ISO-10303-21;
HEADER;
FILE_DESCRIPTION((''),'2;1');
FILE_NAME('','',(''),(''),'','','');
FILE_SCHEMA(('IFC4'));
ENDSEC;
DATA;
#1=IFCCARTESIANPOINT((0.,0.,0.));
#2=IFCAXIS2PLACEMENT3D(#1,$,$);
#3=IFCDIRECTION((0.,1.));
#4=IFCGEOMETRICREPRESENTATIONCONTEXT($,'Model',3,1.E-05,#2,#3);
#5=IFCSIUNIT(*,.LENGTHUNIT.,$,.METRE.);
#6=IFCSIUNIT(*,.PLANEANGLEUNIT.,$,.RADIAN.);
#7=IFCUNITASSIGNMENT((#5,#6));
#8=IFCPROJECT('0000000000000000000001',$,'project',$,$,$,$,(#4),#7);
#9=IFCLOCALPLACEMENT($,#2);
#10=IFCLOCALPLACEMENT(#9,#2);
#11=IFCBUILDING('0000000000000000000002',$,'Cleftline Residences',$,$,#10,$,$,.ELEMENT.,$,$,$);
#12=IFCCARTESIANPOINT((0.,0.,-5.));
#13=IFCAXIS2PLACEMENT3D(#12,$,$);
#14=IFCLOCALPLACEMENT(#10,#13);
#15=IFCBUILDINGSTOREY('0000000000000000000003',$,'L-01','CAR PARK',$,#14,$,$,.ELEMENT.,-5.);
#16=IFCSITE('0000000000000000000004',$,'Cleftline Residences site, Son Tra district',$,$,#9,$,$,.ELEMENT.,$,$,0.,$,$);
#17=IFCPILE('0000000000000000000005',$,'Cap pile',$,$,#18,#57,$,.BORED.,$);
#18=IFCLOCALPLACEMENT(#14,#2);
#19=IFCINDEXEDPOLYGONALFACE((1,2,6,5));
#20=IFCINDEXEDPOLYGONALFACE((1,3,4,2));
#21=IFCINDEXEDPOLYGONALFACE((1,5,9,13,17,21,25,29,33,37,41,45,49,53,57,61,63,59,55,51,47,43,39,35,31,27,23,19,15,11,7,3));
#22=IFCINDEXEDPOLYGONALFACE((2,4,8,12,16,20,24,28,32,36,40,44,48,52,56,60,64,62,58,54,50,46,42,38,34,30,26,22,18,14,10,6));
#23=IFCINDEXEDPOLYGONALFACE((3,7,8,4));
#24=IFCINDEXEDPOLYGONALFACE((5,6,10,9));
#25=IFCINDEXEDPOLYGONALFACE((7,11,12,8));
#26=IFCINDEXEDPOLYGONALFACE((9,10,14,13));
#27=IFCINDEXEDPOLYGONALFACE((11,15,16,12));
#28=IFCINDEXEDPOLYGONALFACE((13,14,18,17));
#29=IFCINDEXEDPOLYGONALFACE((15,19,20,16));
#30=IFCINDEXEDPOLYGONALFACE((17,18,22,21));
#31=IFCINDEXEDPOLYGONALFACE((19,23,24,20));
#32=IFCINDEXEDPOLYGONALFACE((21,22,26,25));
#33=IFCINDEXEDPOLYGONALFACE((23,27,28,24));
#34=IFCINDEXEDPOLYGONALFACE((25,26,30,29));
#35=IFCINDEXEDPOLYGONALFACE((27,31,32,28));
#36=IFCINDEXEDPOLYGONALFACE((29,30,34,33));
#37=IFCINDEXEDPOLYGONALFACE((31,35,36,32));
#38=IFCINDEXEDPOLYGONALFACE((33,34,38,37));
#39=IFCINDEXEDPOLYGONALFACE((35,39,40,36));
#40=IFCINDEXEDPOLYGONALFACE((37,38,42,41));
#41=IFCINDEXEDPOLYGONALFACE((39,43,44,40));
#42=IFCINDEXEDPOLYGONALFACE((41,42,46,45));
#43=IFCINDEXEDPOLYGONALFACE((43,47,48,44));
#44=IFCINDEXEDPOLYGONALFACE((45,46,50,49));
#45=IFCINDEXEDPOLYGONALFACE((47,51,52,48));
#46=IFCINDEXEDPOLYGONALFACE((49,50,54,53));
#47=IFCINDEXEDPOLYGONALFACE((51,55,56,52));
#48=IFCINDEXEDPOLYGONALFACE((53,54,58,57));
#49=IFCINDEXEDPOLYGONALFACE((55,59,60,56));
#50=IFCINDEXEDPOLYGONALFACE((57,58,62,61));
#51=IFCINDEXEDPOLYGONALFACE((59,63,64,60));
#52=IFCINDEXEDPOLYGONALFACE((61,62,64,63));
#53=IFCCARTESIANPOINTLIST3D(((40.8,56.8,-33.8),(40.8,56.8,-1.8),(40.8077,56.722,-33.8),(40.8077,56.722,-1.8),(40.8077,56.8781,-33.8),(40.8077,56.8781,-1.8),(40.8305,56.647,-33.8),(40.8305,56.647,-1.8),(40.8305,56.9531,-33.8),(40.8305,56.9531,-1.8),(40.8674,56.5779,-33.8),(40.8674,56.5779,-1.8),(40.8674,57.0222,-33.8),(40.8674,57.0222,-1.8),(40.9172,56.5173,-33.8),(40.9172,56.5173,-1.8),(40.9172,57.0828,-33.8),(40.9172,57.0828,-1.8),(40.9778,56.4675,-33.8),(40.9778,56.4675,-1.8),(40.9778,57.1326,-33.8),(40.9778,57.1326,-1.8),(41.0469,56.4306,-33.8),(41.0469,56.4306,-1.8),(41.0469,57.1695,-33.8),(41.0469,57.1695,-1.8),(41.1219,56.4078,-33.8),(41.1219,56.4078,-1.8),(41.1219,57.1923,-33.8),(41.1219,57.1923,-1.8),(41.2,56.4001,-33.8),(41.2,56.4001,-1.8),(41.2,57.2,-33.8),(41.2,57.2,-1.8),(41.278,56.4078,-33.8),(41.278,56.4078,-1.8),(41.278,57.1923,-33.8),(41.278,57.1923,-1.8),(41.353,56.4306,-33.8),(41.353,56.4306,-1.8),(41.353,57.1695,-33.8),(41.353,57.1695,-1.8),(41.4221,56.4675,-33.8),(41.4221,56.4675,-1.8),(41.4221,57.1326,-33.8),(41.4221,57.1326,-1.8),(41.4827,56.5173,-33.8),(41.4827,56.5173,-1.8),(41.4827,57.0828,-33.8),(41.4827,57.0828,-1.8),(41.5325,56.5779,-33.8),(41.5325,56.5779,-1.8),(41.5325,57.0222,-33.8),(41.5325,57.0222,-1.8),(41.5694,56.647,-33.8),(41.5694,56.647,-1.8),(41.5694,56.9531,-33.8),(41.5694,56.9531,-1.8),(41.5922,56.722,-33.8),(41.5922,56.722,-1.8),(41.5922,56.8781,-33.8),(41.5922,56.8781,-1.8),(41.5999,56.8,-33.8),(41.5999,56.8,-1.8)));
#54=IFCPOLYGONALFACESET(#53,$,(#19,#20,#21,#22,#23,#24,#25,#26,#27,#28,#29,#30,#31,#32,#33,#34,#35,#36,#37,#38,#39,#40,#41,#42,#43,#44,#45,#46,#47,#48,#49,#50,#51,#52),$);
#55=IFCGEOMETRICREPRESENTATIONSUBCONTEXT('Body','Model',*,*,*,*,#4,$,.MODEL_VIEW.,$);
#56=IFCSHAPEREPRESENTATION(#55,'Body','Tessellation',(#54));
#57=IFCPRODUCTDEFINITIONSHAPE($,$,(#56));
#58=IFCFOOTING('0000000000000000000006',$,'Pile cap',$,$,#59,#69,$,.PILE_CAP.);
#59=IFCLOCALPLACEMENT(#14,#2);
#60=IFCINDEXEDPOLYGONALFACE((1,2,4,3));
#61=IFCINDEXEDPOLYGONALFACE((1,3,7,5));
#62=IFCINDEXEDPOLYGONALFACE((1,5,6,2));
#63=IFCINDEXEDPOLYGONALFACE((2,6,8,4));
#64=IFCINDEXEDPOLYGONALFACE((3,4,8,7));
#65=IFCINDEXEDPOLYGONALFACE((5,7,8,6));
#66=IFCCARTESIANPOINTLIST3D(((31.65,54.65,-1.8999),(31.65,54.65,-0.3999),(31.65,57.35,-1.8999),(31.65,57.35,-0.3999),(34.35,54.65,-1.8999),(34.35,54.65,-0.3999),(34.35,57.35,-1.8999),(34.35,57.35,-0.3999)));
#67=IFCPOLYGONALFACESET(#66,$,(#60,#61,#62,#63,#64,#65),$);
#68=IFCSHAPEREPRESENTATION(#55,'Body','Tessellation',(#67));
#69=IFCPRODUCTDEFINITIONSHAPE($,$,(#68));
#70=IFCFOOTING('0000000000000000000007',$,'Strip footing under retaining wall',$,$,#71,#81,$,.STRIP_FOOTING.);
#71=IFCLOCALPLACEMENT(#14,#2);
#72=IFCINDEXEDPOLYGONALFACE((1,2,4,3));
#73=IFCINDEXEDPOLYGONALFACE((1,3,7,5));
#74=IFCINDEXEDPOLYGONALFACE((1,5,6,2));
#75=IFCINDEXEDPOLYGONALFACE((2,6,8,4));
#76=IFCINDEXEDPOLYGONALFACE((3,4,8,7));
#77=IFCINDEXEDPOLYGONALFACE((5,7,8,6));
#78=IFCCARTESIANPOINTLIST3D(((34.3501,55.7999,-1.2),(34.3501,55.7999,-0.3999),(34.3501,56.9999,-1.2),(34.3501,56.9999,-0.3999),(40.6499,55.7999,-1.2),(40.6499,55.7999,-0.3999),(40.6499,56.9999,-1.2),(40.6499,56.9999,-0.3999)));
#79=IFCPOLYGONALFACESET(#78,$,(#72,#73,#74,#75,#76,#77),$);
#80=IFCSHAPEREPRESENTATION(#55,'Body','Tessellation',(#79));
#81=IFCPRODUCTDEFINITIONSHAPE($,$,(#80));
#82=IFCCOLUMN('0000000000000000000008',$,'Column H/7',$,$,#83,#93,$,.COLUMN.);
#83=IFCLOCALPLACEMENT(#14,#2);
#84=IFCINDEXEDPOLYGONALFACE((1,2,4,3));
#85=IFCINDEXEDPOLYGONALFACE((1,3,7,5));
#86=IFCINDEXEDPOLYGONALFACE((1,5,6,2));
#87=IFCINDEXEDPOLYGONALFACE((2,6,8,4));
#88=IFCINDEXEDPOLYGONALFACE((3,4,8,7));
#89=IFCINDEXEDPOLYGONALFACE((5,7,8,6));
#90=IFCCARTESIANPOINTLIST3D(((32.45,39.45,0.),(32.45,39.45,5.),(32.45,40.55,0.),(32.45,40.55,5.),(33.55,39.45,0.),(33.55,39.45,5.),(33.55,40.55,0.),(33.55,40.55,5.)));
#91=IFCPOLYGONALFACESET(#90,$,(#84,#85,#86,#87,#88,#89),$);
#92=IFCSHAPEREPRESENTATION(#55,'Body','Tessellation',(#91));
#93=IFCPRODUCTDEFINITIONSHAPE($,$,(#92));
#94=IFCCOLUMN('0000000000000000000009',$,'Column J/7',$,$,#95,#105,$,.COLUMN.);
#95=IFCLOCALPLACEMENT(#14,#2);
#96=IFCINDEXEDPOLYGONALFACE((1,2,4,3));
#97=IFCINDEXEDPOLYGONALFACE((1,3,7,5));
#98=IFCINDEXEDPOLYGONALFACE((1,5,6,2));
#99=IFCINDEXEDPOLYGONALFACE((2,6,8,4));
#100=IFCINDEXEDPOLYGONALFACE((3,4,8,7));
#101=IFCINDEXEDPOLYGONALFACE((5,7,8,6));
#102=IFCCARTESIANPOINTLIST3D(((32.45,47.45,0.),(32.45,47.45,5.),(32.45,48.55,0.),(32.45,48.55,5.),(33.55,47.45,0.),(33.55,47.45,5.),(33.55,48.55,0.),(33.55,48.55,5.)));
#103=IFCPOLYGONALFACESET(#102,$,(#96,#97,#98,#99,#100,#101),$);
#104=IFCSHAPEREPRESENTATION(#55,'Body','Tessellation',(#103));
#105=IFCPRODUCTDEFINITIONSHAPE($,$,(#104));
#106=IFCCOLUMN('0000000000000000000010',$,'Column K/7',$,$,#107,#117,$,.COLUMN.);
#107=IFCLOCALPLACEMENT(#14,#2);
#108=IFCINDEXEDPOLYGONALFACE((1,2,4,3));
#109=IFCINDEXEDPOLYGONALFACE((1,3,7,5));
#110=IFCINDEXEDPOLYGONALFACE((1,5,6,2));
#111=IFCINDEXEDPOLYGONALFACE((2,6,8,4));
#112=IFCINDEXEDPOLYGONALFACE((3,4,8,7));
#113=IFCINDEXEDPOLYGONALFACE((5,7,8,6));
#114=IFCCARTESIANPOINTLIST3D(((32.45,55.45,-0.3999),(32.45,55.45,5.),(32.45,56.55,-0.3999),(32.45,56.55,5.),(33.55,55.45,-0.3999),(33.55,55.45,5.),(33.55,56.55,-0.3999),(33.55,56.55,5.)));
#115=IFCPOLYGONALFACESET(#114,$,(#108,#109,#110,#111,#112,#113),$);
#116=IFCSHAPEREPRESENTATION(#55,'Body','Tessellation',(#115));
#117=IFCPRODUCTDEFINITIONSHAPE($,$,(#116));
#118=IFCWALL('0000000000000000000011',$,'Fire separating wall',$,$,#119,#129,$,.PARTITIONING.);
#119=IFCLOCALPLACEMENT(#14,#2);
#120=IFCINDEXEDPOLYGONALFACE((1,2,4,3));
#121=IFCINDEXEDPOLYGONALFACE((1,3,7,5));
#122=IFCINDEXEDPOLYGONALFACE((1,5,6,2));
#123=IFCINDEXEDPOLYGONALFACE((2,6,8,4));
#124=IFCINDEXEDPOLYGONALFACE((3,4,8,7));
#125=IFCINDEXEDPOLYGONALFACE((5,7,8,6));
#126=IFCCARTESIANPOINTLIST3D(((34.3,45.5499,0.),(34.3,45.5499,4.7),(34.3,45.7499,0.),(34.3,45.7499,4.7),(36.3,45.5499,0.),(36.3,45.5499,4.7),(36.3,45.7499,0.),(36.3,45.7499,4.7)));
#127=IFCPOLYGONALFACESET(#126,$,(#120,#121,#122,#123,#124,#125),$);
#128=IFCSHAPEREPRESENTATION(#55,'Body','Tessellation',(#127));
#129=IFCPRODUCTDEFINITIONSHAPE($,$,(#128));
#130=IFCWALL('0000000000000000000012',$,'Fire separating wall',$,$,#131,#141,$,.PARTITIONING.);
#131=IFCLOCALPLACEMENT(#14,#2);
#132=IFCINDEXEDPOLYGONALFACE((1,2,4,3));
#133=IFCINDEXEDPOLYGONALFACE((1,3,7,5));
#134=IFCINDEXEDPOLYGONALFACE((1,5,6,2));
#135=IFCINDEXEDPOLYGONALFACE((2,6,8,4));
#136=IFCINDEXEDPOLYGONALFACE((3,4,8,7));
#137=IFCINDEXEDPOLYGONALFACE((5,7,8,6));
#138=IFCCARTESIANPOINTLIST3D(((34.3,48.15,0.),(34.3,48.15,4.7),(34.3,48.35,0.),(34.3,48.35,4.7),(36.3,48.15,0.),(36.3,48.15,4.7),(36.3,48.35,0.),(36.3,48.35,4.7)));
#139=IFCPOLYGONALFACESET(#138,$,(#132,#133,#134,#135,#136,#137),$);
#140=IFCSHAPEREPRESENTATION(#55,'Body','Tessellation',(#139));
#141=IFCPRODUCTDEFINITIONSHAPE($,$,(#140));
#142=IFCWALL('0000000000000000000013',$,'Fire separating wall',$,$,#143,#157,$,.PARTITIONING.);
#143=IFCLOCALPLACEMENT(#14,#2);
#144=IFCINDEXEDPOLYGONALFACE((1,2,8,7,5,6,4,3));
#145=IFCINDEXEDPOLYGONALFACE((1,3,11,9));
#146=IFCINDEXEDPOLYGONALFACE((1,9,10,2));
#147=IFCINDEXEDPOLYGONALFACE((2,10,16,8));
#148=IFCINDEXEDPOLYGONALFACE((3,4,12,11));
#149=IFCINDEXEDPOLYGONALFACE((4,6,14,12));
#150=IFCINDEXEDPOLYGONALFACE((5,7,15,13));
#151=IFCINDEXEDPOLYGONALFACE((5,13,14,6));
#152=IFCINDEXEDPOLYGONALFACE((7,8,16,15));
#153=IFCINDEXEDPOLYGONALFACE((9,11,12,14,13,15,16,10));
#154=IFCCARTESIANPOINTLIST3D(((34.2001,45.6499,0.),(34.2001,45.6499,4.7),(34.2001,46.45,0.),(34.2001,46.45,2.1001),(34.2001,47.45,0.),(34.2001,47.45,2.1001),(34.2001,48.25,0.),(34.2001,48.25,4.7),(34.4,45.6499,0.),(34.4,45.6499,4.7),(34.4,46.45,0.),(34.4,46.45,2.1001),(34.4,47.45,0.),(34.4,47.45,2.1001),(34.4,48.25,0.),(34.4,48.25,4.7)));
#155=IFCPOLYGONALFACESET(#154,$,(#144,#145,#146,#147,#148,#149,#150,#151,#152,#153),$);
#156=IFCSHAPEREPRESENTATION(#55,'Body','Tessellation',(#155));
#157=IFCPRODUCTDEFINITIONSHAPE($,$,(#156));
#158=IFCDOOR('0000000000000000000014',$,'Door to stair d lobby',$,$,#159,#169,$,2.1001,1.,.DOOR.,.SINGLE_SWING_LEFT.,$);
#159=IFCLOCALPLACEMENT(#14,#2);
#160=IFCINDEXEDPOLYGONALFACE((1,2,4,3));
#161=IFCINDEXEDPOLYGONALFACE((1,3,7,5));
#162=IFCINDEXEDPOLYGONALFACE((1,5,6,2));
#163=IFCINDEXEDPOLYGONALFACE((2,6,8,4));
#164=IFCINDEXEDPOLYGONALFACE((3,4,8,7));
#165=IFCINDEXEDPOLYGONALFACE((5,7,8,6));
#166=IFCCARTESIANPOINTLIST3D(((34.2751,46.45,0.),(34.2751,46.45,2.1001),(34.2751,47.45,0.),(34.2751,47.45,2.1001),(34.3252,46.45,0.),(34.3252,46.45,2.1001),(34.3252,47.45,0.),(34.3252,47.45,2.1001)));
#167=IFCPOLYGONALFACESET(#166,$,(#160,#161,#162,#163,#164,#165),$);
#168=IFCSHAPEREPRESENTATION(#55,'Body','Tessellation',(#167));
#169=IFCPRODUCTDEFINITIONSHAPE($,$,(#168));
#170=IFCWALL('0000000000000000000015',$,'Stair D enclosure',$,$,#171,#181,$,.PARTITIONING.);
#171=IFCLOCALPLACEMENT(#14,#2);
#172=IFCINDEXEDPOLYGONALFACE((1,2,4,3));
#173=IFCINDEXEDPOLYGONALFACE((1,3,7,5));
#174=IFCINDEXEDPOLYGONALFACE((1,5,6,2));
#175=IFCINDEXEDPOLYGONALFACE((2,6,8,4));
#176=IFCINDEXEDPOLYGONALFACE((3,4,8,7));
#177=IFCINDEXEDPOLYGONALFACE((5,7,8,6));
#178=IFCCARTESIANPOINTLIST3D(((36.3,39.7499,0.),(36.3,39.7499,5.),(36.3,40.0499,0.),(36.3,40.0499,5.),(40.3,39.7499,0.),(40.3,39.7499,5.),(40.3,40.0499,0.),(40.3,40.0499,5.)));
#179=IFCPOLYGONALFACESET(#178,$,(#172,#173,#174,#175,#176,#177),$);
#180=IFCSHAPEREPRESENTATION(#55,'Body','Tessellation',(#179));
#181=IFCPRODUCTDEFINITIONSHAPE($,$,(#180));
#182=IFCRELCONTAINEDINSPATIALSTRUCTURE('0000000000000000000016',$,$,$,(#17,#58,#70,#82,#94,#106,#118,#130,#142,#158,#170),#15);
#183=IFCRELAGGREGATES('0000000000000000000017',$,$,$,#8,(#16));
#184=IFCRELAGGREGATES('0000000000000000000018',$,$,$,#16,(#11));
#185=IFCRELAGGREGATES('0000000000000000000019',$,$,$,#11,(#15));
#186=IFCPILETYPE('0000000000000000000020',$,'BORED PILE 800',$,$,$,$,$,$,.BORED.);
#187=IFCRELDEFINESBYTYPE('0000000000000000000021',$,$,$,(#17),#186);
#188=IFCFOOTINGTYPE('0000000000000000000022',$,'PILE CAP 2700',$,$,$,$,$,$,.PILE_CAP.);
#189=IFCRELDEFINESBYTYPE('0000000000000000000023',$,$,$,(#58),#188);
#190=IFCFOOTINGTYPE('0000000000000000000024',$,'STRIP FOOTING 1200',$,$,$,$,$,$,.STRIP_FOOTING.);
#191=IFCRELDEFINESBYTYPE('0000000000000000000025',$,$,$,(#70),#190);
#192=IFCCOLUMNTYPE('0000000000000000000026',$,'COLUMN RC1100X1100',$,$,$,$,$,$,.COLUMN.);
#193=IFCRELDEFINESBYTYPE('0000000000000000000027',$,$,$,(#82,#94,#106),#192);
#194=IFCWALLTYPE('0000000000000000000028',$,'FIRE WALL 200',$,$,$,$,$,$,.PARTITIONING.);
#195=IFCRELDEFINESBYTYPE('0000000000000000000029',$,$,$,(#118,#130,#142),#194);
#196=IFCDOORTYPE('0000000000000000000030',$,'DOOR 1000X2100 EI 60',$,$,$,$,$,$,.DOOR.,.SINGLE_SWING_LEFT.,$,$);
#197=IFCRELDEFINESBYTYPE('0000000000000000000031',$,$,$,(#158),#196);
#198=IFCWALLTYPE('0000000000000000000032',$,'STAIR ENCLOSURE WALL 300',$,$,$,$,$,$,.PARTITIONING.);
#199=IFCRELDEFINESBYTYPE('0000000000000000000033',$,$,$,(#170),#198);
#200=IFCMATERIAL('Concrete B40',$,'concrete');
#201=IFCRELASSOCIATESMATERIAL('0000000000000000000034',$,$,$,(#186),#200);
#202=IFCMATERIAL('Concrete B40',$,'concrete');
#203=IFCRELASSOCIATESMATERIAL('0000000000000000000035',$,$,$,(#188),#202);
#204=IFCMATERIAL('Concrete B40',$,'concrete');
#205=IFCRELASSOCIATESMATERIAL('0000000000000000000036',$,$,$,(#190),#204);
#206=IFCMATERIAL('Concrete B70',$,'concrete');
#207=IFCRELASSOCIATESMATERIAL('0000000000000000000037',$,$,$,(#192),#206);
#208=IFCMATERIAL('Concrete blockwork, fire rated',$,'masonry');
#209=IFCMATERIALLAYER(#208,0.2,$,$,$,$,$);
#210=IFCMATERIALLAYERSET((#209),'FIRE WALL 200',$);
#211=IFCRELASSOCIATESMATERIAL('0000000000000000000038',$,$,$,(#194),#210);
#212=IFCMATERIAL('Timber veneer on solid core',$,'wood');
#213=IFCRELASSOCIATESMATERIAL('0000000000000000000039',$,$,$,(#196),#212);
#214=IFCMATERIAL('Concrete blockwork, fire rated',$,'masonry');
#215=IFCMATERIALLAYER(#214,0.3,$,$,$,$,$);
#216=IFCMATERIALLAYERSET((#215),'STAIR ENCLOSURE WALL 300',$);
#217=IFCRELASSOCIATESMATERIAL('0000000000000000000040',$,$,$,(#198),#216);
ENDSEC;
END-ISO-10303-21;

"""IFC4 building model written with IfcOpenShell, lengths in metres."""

from ifc_helpers import new_model, si_unit, direction, frame, frame_2d, origin, origin_2d, place, context, subcontext, project, spatial, rectangle, circle, extrude, material, layer, layer_set, material_profile, profile_set, type_object, element, fill, save


model = new_model("IFC4")

# Units and contexts
model_context = context("Model", 3, precision=1e-05, world=origin(), true_north=direction((0.0, 1.0)))
body_context = subcontext(model_context, "Body", "Model", "MODEL_VIEW")
ifc_project = project(units=[si_unit("LENGTHUNIT", "METRE"), si_unit("PLANEANGLEUNIT", "RADIAN")], contexts=[model_context])

# Site, building, storey
site_placement = place(None, origin())
site = spatial("IfcSite", under=ifc_project, at=site_placement, Name="Cleftline Residences site, Son Tra district", CompositionType="ELEMENT", RefElevation=0.0)
building_placement = place(site_placement, origin())
building = spatial("IfcBuilding", under=site, at=building_placement, Name="Cleftline Residences", CompositionType="ELEMENT")
storey_placement = place(building_placement, frame((0.0, 0.0, -5.0)))
storey = spatial("IfcBuildingStorey", under=building, at=storey_placement, Name="L-01", Description="CAR PARK", CompositionType="ELEMENT", Elevation=-5.0)

# Pile
ifc_material_1 = material(Name="Concrete B40", Category="concrete")
ifc_material_profile_1 = material_profile(ifc_material_1, circle(Radius=0.3999, at=origin_2d()))
ifc_profile_set_1 = profile_set([ifc_material_profile_1], Name="Concrete B40")
pile_type_1 = type_object("IfcPileType", Name="BORED PILE 800", PredefinedType="BORED", material=ifc_profile_set_1)
for number, where, z_axis, x_axis, name in (
    (1, (41.2, 56.8, -1.8), (0.0, 0.0, -1.0), (1.0, 0.0, 0.0), "Cap pile"),
):
    element("IfcPile", number, at=place(storey_placement, frame(where, z_axis=z_axis, x_axis=x_axis)), inside=storey, type_object=pile_type_1, Name=name, PredefinedType="BORED", context=body_context, shape_type="SweptSolid", body=[
        extrude(circle(Radius=0.3999, at=origin_2d()), origin(), (0.0, 0.0, 1.0), 32.0),
    ])

# Footings
ifc_material_2 = material(Name="Concrete B40", Category="concrete")
footing_type_1 = type_object("IfcFootingType", Name="PILE CAP 2700", PredefinedType="PILE_CAP", material=ifc_material_2)
footing_1_placement = place(storey_placement, frame((33.0, 56.0, -1.8999), z_axis=(0.0, 0.0, 1.0), x_axis=(1.0, 0.0, 0.0)))
element("IfcFooting", 2, at=footing_1_placement, inside=storey, type_object=footing_type_1, Name="Pile cap", PredefinedType="PILE_CAP", context=body_context, shape_type="SweptSolid", body=[
    extrude(rectangle(XDim=2.7, YDim=2.7, at=origin_2d()), origin(), (0.0, 0.0, 1.0), 1.5),
])
ifc_material_3 = material(Name="Concrete B40", Category="concrete")
footing_type_2 = type_object("IfcFootingType", Name="STRIP FOOTING 1200", PredefinedType="STRIP_FOOTING", material=ifc_material_3)
footing_2_placement = place(storey_placement, frame((34.3501, 56.3999, -1.2), z_axis=(0.0, 0.0, 1.0), x_axis=(1.0, 0.0, 0.0)))
element("IfcFooting", 3, at=footing_2_placement, inside=storey, type_object=footing_type_2, Name="Strip footing under retaining wall", PredefinedType="STRIP_FOOTING", context=body_context, shape_type="SweptSolid", body=[
    extrude(rectangle(XDim=6.2998, YDim=1.2, at=frame_2d((3.1499, 0.0))), origin(), (0.0, 0.0, 1.0), 0.8),
])

# Columns
ifc_material_4 = material(Name="Concrete B70", Category="concrete")
ifc_material_profile_2 = material_profile(ifc_material_4, rectangle(XDim=1.1001, YDim=1.1001, at=origin_2d()))
ifc_profile_set_2 = profile_set([ifc_material_profile_2], Name="Concrete B70")
column_type = type_object("IfcColumnType", Name="COLUMN RC1100X1100", PredefinedType="COLUMN", material=ifc_profile_set_2)
for number, where, z_axis, x_axis, name in (
    (4, (33.0, 40.0, 0.0), (0.0, 0.0, 1.0), (1.0, 0.0, 0.0), "Column H/7"),
    (5, (33.0, 48.0, 0.0), (0.0, 0.0, 1.0), (1.0, 0.0, 0.0), "Column J/7"),
):
    element("IfcColumn", number, at=place(storey_placement, frame(where, z_axis=z_axis, x_axis=x_axis)), inside=storey, type_object=column_type, Name=name, PredefinedType="COLUMN", context=body_context, shape_type="SweptSolid", body=[
        extrude(rectangle(XDim=1.1001, YDim=1.1001, at=origin_2d()), origin(), (0.0, 0.0, 1.0), 5.0),
    ])
column_placement = place(storey_placement, frame((33.0, 56.0, -0.3999), z_axis=(0.0, 0.0, 1.0), x_axis=(1.0, 0.0, 0.0)))
element("IfcColumn", 6, at=column_placement, inside=storey, type_object=column_type, Name="Column K/7", PredefinedType="COLUMN", context=body_context, shape_type="SweptSolid", body=[
    extrude(rectangle(XDim=1.1001, YDim=1.1001, at=origin_2d()), origin(), (0.0, 0.0, 1.0), 5.3999),
])

# Walls
ifc_material_5 = material(Name="Concrete blockwork, fire rated", Category="masonry")
ifc_layer_1 = layer(ifc_material_5, 0.2)
ifc_layer_set_1 = layer_set([ifc_layer_1], Name="FIRE WALL 200")
wall_type_1 = type_object("IfcWallType", Name="FIRE WALL 200", PredefinedType="PARTITIONING", material=ifc_layer_set_1)
for number, where, z_axis, x_axis, name in (
    (7, (34.3, 45.6499, 0.0), (0.0, 0.0, 1.0), (1.0, 0.0, 0.0), "Fire separating wall"),
    (8, (34.3, 48.25, 0.0), (0.0, 0.0, 1.0), (1.0, 0.0, 0.0), "Fire separating wall"),
):
    element("IfcWall", number, at=place(storey_placement, frame(where, z_axis=z_axis, x_axis=x_axis)), inside=storey, type_object=wall_type_1, Name=name, PredefinedType="PARTITIONING", context=body_context, shape_type="SweptSolid", body=[
        extrude(rectangle(XDim=2.0, YDim=0.2, at=frame_2d((1.0, 0.0))), origin(), (0.0, 0.0, 1.0), 4.7),
    ])

# Wall, opening, door
wall_1_placement = place(storey_placement, frame((34.3, 45.6499, 0.0), z_axis=(0.0, 0.0, 1.0), x_axis=(0.0, 1.0, 0.0)))
wall_1 = element("IfcWall", 9, at=wall_1_placement, inside=storey, type_object=wall_type_1, Name="Fire separating wall", PredefinedType="PARTITIONING", context=body_context, shape_type="SweptSolid", body=[
    extrude(rectangle(XDim=2.6001, YDim=0.2, at=frame_2d((1.3, 0.0))), origin(), (0.0, 0.0, 1.0), 4.7),
])
opening_1_placement = place(wall_1_placement, frame((0.8, 0.0, 0.0)))
opening_1 = element("IfcOpeningElement", 10, at=opening_1_placement, cuts=wall_1, PredefinedType="OPENING", context=body_context, shape_type="SweptSolid", body=[
    extrude(rectangle(XDim=1.0, YDim=2.1001, at=frame_2d((0.5, 1.05))), frame((0.0, 0.1099, 0.0), z_axis=(0.0, -1.0, 0.0), x_axis=(1.0, 0.0, 0.0)), (0.0, 0.0, 1.0), 0.22),
])
ifc_material_6 = material(Name="Timber veneer on solid core", Category="wood")
door_type_1 = type_object("IfcDoorType", Name="DOOR 1000X2100 EI 60", OperationType="SINGLE_SWING_LEFT", PredefinedType="DOOR", material=ifc_material_6)
door_1_placement = place(opening_1_placement, origin())
door_1 = element("IfcDoor", 11, at=door_1_placement, inside=storey, type_object=door_type_1, Name="Door to stair d lobby", OperationType="SINGLE_SWING_LEFT", OverallHeight=2.1001, OverallWidth=1.0, PredefinedType="DOOR", context=body_context, shape_type="SweptSolid", body=[
    extrude(rectangle(XDim=1.0, YDim=2.1001, at=frame_2d((0.5, 1.05))), frame((0.0, 0.0249, 0.0), z_axis=(0.0, -1.0, 0.0), x_axis=(1.0, 0.0, 0.0)), (0.0, 0.0, 1.0), 0.05),
])
fill(opening_1, door_1)

# Wall
ifc_material_7 = material(Name="Concrete blockwork, fire rated", Category="masonry")
ifc_layer_2 = layer(ifc_material_7, 0.3)
ifc_layer_set_2 = layer_set([ifc_layer_2], Name="STAIR ENCLOSURE WALL 300")
wall_type_2 = type_object("IfcWallType", Name="STAIR ENCLOSURE WALL 300", PredefinedType="PARTITIONING", material=ifc_layer_set_2)
for number, where, z_axis, x_axis, name in (
    (12, (36.3, 39.8999, 0.0), (0.0, 0.0, 1.0), (1.0, 0.0, 0.0), "Stair D enclosure"),
):
    element("IfcWall", number, at=place(storey_placement, frame(where, z_axis=z_axis, x_axis=x_axis)), inside=storey, type_object=wall_type_2, Name=name, PredefinedType="PARTITIONING", context=body_context, shape_type="SweptSolid", body=[
        extrude(rectangle(XDim=4.0, YDim=0.3, at=frame_2d((2.0, 0.0))), origin(), (0.0, 0.0, 1.0), 5.0),
    ])

save(model, "model.ifc")
